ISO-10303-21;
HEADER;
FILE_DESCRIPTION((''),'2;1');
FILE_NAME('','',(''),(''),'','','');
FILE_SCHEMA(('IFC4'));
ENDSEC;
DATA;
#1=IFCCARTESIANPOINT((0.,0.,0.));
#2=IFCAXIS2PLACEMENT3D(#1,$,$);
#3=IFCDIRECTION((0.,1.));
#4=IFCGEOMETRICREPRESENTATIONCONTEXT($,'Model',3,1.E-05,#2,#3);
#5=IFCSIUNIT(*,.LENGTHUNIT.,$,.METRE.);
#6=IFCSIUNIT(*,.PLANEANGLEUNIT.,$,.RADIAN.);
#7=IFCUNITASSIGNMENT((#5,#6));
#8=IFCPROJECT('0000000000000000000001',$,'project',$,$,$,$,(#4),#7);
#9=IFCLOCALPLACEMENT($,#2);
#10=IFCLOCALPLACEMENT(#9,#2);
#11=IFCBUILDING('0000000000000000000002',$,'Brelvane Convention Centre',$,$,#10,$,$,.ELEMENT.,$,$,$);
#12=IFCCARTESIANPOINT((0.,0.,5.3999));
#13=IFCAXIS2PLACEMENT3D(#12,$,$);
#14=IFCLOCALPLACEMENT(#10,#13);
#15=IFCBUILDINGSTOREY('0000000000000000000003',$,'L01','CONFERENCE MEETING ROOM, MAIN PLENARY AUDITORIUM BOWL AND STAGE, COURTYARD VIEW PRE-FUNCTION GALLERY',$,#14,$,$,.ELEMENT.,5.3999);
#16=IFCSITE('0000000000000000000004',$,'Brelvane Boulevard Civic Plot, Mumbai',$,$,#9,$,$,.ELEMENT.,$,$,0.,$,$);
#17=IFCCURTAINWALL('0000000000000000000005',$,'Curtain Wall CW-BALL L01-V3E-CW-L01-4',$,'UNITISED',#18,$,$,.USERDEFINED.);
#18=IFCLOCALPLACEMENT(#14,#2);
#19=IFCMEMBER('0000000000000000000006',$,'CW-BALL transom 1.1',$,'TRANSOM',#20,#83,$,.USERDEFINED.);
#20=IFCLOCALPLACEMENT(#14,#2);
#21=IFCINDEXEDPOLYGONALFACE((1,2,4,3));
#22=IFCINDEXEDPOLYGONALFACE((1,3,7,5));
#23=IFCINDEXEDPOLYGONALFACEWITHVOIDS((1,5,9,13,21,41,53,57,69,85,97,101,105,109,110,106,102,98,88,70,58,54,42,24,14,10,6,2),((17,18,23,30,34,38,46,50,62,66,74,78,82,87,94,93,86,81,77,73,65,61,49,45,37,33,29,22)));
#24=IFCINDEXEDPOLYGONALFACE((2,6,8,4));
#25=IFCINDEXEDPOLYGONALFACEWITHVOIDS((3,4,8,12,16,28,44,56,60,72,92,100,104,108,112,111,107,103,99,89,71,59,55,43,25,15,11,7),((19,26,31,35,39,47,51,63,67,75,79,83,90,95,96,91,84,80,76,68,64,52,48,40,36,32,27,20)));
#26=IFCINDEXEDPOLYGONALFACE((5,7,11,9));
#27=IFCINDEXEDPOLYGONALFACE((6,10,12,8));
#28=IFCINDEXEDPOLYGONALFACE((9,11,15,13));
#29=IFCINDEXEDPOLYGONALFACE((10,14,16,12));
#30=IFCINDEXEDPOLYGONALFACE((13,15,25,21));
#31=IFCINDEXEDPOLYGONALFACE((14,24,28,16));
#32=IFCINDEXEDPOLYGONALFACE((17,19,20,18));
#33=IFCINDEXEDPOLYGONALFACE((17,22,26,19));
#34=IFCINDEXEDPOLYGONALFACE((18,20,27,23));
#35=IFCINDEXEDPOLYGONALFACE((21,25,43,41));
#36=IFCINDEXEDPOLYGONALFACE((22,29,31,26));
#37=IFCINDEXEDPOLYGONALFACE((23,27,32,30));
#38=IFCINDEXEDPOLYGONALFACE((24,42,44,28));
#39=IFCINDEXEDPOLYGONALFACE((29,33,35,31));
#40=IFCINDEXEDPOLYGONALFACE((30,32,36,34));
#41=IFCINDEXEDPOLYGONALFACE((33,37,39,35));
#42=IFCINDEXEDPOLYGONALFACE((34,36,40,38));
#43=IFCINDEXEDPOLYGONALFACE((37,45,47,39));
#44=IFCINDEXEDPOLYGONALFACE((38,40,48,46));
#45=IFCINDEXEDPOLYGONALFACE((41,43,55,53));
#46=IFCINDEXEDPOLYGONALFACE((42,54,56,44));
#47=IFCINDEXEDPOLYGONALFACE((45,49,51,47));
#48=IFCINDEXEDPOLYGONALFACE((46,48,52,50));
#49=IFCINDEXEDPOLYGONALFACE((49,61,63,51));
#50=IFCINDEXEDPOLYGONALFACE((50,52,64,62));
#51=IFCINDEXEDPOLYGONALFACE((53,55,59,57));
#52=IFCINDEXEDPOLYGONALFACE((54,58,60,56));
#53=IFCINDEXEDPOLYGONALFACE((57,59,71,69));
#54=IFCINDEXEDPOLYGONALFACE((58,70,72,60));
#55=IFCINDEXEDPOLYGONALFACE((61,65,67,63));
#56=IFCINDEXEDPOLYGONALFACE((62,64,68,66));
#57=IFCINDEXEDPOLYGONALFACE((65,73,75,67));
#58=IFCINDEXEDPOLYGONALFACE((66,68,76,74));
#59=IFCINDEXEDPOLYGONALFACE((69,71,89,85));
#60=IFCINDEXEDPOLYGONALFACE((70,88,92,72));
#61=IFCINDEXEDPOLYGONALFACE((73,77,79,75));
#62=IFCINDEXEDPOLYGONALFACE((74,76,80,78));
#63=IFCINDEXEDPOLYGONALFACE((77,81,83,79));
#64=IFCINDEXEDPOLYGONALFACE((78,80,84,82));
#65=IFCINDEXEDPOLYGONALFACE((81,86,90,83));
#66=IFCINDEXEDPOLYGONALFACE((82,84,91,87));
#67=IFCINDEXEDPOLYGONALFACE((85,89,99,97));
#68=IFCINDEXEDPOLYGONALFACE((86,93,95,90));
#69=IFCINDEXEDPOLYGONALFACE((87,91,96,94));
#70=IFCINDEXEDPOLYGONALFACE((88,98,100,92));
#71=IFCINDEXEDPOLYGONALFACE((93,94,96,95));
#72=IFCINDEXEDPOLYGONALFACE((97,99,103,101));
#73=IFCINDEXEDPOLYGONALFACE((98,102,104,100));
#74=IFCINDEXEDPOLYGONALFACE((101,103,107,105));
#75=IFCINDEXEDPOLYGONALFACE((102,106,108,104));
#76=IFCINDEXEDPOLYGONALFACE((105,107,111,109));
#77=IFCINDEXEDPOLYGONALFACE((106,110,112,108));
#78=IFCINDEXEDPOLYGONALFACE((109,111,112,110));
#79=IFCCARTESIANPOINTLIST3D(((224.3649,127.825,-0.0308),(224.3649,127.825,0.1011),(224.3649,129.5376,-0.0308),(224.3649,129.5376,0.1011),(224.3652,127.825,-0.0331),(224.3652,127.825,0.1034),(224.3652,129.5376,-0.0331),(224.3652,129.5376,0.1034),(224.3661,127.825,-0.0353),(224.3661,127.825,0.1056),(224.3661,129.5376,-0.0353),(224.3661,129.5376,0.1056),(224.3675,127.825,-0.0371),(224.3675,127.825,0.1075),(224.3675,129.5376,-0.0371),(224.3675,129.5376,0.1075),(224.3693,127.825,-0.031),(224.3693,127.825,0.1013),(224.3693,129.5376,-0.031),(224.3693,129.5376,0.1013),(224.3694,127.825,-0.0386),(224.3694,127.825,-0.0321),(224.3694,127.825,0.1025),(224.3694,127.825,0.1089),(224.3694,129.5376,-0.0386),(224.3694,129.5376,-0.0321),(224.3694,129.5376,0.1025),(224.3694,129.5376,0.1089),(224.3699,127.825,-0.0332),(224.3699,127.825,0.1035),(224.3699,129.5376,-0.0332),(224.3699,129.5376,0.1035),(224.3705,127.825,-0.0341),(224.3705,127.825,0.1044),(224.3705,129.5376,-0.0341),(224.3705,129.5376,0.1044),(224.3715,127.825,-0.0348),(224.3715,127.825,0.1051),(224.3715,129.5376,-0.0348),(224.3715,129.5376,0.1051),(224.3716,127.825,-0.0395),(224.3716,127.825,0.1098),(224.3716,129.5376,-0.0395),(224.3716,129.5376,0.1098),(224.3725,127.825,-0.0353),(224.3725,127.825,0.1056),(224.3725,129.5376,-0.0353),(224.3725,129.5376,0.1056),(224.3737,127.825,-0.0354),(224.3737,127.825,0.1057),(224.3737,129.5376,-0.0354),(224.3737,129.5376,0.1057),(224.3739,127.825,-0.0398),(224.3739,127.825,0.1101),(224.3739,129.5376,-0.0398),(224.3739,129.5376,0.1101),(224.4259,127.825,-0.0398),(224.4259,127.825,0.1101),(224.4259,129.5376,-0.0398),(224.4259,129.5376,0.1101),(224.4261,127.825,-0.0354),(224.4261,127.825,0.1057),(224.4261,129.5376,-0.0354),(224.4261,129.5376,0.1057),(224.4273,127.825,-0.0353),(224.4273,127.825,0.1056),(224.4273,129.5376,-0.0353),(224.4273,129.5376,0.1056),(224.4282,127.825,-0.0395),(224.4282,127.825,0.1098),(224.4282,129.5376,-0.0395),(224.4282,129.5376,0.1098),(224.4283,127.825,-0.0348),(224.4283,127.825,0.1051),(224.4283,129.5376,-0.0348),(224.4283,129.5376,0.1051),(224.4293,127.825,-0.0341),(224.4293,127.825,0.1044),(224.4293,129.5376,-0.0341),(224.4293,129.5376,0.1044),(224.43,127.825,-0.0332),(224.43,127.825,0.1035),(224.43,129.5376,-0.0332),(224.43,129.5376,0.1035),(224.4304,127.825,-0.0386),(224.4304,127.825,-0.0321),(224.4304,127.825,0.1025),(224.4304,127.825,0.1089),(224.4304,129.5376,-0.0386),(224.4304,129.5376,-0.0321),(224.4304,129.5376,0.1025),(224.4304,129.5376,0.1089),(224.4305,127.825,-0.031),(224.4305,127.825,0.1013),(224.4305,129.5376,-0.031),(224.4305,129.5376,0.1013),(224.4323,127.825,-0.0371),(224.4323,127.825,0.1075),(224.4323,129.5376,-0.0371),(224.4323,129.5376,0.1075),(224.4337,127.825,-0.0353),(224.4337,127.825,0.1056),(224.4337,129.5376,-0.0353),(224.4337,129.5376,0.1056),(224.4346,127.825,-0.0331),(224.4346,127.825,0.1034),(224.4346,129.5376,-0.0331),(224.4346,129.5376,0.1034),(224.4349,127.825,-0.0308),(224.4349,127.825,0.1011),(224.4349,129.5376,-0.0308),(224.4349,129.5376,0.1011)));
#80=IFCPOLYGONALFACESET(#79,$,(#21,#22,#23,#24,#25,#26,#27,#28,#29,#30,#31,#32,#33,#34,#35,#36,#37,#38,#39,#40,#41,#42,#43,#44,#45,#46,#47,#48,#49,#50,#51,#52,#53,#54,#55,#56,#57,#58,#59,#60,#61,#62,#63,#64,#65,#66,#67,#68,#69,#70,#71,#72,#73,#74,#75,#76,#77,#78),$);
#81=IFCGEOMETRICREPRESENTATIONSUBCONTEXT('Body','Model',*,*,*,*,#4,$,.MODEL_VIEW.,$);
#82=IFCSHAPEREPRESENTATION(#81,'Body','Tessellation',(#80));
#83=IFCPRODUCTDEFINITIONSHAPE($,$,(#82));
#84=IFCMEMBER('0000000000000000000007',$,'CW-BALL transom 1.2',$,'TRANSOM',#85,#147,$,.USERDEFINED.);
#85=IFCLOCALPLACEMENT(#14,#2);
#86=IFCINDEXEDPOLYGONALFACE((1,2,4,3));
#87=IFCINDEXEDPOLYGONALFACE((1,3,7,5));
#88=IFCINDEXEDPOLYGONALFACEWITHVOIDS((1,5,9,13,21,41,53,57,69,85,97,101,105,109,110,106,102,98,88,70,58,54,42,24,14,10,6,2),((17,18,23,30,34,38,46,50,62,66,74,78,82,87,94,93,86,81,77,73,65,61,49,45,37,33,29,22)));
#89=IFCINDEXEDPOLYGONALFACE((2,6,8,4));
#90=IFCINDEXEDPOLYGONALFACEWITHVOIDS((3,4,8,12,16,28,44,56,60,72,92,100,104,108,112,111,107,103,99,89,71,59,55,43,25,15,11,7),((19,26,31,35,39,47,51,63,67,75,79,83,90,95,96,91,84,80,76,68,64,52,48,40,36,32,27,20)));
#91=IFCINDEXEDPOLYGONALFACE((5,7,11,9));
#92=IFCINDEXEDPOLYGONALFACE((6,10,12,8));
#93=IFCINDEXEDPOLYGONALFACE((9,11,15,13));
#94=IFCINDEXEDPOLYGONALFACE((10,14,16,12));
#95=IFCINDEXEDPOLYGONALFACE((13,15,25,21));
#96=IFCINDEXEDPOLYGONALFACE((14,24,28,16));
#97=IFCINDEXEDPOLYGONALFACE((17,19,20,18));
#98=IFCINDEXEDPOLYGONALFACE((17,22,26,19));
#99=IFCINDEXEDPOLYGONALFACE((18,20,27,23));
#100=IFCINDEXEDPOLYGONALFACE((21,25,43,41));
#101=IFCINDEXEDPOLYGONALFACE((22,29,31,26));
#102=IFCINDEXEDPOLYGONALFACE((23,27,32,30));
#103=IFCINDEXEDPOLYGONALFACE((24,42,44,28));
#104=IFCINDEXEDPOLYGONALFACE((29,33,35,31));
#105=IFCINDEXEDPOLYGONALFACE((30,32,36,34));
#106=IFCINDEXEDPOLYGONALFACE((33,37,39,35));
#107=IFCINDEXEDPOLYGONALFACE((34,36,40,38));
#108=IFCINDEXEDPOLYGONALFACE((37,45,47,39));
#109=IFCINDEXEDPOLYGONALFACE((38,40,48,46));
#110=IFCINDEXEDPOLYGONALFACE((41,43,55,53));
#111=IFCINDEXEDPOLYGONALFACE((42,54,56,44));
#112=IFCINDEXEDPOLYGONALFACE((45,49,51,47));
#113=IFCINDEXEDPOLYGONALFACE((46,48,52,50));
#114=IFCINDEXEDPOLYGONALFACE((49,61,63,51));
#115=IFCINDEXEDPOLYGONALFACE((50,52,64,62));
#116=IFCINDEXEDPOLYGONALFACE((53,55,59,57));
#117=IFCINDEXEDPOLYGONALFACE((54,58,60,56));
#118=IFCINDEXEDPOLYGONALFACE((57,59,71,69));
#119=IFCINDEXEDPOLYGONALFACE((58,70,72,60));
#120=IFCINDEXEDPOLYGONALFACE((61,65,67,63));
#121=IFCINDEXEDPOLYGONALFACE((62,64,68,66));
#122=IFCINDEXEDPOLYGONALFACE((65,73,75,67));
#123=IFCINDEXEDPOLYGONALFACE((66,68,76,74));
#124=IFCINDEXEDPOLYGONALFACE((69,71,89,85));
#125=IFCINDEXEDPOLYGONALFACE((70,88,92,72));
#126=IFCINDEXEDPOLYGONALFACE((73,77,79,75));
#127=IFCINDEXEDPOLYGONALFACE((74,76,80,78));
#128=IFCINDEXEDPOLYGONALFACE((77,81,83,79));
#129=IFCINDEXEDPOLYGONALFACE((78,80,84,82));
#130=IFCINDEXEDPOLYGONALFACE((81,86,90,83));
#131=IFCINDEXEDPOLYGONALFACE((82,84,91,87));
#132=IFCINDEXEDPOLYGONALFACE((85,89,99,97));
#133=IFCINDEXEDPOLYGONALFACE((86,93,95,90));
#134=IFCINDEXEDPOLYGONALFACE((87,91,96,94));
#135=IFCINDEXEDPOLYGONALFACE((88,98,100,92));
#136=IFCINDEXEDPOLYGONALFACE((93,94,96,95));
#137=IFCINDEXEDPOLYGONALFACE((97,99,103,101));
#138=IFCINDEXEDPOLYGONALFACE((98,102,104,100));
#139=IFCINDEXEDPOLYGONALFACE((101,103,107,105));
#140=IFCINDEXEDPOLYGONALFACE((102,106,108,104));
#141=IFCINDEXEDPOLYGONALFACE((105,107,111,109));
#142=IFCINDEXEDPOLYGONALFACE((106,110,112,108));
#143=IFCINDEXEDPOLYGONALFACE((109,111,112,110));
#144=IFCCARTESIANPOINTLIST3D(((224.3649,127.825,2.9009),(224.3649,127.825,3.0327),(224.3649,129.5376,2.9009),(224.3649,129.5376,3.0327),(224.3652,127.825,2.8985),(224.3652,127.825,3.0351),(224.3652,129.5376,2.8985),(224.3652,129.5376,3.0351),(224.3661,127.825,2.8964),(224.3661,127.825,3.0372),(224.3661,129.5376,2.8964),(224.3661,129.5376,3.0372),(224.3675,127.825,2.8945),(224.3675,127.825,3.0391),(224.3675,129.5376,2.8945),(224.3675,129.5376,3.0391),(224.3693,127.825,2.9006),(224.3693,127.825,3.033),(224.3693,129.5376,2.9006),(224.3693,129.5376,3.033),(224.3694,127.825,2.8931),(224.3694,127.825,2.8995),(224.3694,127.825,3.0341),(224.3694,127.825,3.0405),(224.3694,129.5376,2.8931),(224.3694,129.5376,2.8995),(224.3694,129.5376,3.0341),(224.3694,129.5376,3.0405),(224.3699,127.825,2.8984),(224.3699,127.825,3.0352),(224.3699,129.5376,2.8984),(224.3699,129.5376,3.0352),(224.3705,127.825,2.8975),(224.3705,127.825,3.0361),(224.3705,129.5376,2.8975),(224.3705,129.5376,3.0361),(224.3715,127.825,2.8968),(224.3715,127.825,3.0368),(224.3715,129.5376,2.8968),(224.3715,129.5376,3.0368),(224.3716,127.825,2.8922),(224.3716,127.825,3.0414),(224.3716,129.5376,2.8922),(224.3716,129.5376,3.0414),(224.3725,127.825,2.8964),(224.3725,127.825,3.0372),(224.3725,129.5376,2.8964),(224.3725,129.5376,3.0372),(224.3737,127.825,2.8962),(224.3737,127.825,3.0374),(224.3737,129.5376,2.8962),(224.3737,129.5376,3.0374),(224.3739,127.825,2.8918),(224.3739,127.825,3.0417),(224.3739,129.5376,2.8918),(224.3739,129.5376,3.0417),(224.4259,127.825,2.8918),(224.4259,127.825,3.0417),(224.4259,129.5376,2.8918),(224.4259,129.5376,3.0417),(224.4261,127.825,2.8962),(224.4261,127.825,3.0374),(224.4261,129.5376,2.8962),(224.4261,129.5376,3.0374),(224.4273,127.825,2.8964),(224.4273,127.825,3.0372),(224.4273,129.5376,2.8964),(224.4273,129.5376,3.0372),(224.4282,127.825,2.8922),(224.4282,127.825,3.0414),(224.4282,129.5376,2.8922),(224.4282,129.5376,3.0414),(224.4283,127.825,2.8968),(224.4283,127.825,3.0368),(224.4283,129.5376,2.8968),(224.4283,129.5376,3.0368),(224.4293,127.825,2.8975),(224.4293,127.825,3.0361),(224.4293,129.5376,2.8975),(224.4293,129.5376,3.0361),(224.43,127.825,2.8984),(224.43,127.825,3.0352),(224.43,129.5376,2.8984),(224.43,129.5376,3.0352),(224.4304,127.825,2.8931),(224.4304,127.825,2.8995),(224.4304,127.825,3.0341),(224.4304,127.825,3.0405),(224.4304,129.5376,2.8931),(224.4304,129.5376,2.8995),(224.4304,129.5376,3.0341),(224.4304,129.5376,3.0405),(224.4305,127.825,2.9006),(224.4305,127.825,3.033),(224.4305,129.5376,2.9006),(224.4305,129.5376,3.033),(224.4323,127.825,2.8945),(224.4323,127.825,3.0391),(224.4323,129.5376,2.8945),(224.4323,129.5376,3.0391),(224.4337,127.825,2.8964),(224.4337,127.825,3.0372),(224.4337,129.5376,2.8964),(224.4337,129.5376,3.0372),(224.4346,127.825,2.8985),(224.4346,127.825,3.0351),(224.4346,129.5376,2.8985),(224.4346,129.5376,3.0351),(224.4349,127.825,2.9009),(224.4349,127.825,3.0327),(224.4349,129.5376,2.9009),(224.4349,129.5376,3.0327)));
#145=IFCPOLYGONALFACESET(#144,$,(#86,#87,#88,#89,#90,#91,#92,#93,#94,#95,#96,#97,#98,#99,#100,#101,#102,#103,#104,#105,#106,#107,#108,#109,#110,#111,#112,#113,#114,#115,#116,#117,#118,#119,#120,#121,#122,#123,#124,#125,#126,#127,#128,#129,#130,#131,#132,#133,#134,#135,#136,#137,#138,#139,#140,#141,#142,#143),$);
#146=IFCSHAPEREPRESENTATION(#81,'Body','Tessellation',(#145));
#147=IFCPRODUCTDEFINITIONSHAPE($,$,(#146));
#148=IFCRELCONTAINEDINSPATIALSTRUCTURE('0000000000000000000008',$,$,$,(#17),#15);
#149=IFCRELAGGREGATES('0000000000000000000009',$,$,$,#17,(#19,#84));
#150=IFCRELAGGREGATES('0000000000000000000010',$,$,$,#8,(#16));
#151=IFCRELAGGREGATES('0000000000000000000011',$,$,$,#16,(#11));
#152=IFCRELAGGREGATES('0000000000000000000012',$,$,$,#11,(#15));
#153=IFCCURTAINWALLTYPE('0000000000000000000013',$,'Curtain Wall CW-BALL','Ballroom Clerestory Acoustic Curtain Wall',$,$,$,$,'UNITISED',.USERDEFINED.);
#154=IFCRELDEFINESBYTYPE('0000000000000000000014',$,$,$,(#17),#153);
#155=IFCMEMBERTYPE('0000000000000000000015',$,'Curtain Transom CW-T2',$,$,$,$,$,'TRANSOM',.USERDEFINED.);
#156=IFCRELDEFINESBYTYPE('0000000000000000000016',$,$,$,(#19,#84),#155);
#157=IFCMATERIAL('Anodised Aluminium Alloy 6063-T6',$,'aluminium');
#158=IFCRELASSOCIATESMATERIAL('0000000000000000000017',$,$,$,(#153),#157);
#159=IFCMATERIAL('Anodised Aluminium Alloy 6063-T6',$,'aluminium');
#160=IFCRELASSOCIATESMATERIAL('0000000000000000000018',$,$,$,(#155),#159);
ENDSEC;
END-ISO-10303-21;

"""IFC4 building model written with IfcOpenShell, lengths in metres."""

from ifc_helpers import new_model, si_unit, direction, frame, origin, origin_2d, place, context, subcontext, project, spatial, hollow_rectangle, extrude, material, material_profile, profile_set, type_object, element, aggregate, save


model = new_model("IFC4")

# Units and contexts
model_context = context("Model", 3, precision=1e-05, world=origin(), true_north=direction((0.0, 1.0)))
body_context = subcontext(model_context, "Body", "Model", "MODEL_VIEW")
ifc_project = project(units=[si_unit("LENGTHUNIT", "METRE"), si_unit("PLANEANGLEUNIT", "RADIAN")], contexts=[model_context])

# Site, building, storey
site_placement = place(None, origin())
site = spatial("IfcSite", under=ifc_project, at=site_placement, Name="Brelvane Boulevard Civic Plot, Mumbai", CompositionType="ELEMENT", RefElevation=0.0)
building_placement = place(site_placement, origin())
building = spatial("IfcBuilding", under=site, at=building_placement, Name="Brelvane Convention Centre", CompositionType="ELEMENT")
storey_placement = place(building_placement, frame((0.0, 0.0, 5.3999)))
storey = spatial("IfcBuildingStorey", under=building, at=storey_placement, Name="L01", Description="CONFERENCE MEETING ROOM, MAIN PLENARY AUDITORIUM BOWL AND STAGE, COURTYARD VIEW PRE-FUNCTION GALLERY", CompositionType="ELEMENT", Elevation=5.3999)

# Shared definitions
ifc_material_1 = material(Name="Anodised Aluminium Alloy 6063-T6", Category="aluminium")
curtain_wall_type = type_object("IfcCurtainWallType", Name="Curtain Wall CW-BALL", Description="Ballroom Clerestory Acoustic Curtain Wall", ElementType="UNITISED", PredefinedType="USERDEFINED", material=ifc_material_1)

# Curtain wall
curtain_wall_1_placement = place(storey_placement, origin())
curtain_wall_1 = element("IfcCurtainWall", 1, at=curtain_wall_1_placement, inside=storey, type_object=curtain_wall_type, Name="Curtain Wall CW-BALL L01-V3E-CW-L01-4", ObjectType="UNITISED", PredefinedType="USERDEFINED")

# Members
ifc_material_2 = material(Name="Anodised Aluminium Alloy 6063-T6", Category="aluminium")
ifc_material_profile_1 = material_profile(ifc_material_2, hollow_rectangle(XDim=0.0701, YDim=0.1499, WallThickness=0.0044, InnerFilletRadius=0.0044, OuterFilletRadius=0.009, at=origin_2d()), Name="ALU-T 150x70x4.5")
ifc_profile_set_1 = profile_set([ifc_material_profile_1], Name="Anodised Aluminium Alloy 6063-T6")
member_type_1 = type_object("IfcMemberType", Name="Curtain Transom CW-T2", ElementType="TRANSOM", PredefinedType="USERDEFINED", material=ifc_profile_set_1)
member_1_placement = place(storey_placement, frame((224.3999, 127.825, 0.0352), z_axis=(0.0, 1.0, 0.0), x_axis=(-1.0, 0.0, 0.0)))
member_1 = element("IfcMember", 2, at=member_1_placement, type_object=member_type_1, Name="CW-BALL transom 1.1", ObjectType="TRANSOM", PredefinedType="USERDEFINED", context=body_context, shape_type="SweptSolid", body=[
    extrude(hollow_rectangle(XDim=0.0701, YDim=0.1499, WallThickness=0.0044, InnerFilletRadius=0.0044, OuterFilletRadius=0.009, at=origin_2d()), origin(), (0.0, 0.0, 1.0), 1.7126),
])
member_2_placement = place(storey_placement, frame((224.3999, 127.825, 2.9668), z_axis=(0.0, 1.0, 0.0), x_axis=(-1.0, 0.0, 0.0)))
member_2 = element("IfcMember", 3, at=member_2_placement, type_object=member_type_1, Name="CW-BALL transom 1.2", ObjectType="TRANSOM", PredefinedType="USERDEFINED", context=body_context, shape_type="SweptSolid", body=[
    extrude(hollow_rectangle(XDim=0.0701, YDim=0.1499, WallThickness=0.0044, InnerFilletRadius=0.0044, OuterFilletRadius=0.009, at=origin_2d()), origin(), (0.0, 0.0, 1.0), 1.7126),
])

aggregate(curtain_wall_1, [member_1, member_2])

save(model, "model.ifc")
